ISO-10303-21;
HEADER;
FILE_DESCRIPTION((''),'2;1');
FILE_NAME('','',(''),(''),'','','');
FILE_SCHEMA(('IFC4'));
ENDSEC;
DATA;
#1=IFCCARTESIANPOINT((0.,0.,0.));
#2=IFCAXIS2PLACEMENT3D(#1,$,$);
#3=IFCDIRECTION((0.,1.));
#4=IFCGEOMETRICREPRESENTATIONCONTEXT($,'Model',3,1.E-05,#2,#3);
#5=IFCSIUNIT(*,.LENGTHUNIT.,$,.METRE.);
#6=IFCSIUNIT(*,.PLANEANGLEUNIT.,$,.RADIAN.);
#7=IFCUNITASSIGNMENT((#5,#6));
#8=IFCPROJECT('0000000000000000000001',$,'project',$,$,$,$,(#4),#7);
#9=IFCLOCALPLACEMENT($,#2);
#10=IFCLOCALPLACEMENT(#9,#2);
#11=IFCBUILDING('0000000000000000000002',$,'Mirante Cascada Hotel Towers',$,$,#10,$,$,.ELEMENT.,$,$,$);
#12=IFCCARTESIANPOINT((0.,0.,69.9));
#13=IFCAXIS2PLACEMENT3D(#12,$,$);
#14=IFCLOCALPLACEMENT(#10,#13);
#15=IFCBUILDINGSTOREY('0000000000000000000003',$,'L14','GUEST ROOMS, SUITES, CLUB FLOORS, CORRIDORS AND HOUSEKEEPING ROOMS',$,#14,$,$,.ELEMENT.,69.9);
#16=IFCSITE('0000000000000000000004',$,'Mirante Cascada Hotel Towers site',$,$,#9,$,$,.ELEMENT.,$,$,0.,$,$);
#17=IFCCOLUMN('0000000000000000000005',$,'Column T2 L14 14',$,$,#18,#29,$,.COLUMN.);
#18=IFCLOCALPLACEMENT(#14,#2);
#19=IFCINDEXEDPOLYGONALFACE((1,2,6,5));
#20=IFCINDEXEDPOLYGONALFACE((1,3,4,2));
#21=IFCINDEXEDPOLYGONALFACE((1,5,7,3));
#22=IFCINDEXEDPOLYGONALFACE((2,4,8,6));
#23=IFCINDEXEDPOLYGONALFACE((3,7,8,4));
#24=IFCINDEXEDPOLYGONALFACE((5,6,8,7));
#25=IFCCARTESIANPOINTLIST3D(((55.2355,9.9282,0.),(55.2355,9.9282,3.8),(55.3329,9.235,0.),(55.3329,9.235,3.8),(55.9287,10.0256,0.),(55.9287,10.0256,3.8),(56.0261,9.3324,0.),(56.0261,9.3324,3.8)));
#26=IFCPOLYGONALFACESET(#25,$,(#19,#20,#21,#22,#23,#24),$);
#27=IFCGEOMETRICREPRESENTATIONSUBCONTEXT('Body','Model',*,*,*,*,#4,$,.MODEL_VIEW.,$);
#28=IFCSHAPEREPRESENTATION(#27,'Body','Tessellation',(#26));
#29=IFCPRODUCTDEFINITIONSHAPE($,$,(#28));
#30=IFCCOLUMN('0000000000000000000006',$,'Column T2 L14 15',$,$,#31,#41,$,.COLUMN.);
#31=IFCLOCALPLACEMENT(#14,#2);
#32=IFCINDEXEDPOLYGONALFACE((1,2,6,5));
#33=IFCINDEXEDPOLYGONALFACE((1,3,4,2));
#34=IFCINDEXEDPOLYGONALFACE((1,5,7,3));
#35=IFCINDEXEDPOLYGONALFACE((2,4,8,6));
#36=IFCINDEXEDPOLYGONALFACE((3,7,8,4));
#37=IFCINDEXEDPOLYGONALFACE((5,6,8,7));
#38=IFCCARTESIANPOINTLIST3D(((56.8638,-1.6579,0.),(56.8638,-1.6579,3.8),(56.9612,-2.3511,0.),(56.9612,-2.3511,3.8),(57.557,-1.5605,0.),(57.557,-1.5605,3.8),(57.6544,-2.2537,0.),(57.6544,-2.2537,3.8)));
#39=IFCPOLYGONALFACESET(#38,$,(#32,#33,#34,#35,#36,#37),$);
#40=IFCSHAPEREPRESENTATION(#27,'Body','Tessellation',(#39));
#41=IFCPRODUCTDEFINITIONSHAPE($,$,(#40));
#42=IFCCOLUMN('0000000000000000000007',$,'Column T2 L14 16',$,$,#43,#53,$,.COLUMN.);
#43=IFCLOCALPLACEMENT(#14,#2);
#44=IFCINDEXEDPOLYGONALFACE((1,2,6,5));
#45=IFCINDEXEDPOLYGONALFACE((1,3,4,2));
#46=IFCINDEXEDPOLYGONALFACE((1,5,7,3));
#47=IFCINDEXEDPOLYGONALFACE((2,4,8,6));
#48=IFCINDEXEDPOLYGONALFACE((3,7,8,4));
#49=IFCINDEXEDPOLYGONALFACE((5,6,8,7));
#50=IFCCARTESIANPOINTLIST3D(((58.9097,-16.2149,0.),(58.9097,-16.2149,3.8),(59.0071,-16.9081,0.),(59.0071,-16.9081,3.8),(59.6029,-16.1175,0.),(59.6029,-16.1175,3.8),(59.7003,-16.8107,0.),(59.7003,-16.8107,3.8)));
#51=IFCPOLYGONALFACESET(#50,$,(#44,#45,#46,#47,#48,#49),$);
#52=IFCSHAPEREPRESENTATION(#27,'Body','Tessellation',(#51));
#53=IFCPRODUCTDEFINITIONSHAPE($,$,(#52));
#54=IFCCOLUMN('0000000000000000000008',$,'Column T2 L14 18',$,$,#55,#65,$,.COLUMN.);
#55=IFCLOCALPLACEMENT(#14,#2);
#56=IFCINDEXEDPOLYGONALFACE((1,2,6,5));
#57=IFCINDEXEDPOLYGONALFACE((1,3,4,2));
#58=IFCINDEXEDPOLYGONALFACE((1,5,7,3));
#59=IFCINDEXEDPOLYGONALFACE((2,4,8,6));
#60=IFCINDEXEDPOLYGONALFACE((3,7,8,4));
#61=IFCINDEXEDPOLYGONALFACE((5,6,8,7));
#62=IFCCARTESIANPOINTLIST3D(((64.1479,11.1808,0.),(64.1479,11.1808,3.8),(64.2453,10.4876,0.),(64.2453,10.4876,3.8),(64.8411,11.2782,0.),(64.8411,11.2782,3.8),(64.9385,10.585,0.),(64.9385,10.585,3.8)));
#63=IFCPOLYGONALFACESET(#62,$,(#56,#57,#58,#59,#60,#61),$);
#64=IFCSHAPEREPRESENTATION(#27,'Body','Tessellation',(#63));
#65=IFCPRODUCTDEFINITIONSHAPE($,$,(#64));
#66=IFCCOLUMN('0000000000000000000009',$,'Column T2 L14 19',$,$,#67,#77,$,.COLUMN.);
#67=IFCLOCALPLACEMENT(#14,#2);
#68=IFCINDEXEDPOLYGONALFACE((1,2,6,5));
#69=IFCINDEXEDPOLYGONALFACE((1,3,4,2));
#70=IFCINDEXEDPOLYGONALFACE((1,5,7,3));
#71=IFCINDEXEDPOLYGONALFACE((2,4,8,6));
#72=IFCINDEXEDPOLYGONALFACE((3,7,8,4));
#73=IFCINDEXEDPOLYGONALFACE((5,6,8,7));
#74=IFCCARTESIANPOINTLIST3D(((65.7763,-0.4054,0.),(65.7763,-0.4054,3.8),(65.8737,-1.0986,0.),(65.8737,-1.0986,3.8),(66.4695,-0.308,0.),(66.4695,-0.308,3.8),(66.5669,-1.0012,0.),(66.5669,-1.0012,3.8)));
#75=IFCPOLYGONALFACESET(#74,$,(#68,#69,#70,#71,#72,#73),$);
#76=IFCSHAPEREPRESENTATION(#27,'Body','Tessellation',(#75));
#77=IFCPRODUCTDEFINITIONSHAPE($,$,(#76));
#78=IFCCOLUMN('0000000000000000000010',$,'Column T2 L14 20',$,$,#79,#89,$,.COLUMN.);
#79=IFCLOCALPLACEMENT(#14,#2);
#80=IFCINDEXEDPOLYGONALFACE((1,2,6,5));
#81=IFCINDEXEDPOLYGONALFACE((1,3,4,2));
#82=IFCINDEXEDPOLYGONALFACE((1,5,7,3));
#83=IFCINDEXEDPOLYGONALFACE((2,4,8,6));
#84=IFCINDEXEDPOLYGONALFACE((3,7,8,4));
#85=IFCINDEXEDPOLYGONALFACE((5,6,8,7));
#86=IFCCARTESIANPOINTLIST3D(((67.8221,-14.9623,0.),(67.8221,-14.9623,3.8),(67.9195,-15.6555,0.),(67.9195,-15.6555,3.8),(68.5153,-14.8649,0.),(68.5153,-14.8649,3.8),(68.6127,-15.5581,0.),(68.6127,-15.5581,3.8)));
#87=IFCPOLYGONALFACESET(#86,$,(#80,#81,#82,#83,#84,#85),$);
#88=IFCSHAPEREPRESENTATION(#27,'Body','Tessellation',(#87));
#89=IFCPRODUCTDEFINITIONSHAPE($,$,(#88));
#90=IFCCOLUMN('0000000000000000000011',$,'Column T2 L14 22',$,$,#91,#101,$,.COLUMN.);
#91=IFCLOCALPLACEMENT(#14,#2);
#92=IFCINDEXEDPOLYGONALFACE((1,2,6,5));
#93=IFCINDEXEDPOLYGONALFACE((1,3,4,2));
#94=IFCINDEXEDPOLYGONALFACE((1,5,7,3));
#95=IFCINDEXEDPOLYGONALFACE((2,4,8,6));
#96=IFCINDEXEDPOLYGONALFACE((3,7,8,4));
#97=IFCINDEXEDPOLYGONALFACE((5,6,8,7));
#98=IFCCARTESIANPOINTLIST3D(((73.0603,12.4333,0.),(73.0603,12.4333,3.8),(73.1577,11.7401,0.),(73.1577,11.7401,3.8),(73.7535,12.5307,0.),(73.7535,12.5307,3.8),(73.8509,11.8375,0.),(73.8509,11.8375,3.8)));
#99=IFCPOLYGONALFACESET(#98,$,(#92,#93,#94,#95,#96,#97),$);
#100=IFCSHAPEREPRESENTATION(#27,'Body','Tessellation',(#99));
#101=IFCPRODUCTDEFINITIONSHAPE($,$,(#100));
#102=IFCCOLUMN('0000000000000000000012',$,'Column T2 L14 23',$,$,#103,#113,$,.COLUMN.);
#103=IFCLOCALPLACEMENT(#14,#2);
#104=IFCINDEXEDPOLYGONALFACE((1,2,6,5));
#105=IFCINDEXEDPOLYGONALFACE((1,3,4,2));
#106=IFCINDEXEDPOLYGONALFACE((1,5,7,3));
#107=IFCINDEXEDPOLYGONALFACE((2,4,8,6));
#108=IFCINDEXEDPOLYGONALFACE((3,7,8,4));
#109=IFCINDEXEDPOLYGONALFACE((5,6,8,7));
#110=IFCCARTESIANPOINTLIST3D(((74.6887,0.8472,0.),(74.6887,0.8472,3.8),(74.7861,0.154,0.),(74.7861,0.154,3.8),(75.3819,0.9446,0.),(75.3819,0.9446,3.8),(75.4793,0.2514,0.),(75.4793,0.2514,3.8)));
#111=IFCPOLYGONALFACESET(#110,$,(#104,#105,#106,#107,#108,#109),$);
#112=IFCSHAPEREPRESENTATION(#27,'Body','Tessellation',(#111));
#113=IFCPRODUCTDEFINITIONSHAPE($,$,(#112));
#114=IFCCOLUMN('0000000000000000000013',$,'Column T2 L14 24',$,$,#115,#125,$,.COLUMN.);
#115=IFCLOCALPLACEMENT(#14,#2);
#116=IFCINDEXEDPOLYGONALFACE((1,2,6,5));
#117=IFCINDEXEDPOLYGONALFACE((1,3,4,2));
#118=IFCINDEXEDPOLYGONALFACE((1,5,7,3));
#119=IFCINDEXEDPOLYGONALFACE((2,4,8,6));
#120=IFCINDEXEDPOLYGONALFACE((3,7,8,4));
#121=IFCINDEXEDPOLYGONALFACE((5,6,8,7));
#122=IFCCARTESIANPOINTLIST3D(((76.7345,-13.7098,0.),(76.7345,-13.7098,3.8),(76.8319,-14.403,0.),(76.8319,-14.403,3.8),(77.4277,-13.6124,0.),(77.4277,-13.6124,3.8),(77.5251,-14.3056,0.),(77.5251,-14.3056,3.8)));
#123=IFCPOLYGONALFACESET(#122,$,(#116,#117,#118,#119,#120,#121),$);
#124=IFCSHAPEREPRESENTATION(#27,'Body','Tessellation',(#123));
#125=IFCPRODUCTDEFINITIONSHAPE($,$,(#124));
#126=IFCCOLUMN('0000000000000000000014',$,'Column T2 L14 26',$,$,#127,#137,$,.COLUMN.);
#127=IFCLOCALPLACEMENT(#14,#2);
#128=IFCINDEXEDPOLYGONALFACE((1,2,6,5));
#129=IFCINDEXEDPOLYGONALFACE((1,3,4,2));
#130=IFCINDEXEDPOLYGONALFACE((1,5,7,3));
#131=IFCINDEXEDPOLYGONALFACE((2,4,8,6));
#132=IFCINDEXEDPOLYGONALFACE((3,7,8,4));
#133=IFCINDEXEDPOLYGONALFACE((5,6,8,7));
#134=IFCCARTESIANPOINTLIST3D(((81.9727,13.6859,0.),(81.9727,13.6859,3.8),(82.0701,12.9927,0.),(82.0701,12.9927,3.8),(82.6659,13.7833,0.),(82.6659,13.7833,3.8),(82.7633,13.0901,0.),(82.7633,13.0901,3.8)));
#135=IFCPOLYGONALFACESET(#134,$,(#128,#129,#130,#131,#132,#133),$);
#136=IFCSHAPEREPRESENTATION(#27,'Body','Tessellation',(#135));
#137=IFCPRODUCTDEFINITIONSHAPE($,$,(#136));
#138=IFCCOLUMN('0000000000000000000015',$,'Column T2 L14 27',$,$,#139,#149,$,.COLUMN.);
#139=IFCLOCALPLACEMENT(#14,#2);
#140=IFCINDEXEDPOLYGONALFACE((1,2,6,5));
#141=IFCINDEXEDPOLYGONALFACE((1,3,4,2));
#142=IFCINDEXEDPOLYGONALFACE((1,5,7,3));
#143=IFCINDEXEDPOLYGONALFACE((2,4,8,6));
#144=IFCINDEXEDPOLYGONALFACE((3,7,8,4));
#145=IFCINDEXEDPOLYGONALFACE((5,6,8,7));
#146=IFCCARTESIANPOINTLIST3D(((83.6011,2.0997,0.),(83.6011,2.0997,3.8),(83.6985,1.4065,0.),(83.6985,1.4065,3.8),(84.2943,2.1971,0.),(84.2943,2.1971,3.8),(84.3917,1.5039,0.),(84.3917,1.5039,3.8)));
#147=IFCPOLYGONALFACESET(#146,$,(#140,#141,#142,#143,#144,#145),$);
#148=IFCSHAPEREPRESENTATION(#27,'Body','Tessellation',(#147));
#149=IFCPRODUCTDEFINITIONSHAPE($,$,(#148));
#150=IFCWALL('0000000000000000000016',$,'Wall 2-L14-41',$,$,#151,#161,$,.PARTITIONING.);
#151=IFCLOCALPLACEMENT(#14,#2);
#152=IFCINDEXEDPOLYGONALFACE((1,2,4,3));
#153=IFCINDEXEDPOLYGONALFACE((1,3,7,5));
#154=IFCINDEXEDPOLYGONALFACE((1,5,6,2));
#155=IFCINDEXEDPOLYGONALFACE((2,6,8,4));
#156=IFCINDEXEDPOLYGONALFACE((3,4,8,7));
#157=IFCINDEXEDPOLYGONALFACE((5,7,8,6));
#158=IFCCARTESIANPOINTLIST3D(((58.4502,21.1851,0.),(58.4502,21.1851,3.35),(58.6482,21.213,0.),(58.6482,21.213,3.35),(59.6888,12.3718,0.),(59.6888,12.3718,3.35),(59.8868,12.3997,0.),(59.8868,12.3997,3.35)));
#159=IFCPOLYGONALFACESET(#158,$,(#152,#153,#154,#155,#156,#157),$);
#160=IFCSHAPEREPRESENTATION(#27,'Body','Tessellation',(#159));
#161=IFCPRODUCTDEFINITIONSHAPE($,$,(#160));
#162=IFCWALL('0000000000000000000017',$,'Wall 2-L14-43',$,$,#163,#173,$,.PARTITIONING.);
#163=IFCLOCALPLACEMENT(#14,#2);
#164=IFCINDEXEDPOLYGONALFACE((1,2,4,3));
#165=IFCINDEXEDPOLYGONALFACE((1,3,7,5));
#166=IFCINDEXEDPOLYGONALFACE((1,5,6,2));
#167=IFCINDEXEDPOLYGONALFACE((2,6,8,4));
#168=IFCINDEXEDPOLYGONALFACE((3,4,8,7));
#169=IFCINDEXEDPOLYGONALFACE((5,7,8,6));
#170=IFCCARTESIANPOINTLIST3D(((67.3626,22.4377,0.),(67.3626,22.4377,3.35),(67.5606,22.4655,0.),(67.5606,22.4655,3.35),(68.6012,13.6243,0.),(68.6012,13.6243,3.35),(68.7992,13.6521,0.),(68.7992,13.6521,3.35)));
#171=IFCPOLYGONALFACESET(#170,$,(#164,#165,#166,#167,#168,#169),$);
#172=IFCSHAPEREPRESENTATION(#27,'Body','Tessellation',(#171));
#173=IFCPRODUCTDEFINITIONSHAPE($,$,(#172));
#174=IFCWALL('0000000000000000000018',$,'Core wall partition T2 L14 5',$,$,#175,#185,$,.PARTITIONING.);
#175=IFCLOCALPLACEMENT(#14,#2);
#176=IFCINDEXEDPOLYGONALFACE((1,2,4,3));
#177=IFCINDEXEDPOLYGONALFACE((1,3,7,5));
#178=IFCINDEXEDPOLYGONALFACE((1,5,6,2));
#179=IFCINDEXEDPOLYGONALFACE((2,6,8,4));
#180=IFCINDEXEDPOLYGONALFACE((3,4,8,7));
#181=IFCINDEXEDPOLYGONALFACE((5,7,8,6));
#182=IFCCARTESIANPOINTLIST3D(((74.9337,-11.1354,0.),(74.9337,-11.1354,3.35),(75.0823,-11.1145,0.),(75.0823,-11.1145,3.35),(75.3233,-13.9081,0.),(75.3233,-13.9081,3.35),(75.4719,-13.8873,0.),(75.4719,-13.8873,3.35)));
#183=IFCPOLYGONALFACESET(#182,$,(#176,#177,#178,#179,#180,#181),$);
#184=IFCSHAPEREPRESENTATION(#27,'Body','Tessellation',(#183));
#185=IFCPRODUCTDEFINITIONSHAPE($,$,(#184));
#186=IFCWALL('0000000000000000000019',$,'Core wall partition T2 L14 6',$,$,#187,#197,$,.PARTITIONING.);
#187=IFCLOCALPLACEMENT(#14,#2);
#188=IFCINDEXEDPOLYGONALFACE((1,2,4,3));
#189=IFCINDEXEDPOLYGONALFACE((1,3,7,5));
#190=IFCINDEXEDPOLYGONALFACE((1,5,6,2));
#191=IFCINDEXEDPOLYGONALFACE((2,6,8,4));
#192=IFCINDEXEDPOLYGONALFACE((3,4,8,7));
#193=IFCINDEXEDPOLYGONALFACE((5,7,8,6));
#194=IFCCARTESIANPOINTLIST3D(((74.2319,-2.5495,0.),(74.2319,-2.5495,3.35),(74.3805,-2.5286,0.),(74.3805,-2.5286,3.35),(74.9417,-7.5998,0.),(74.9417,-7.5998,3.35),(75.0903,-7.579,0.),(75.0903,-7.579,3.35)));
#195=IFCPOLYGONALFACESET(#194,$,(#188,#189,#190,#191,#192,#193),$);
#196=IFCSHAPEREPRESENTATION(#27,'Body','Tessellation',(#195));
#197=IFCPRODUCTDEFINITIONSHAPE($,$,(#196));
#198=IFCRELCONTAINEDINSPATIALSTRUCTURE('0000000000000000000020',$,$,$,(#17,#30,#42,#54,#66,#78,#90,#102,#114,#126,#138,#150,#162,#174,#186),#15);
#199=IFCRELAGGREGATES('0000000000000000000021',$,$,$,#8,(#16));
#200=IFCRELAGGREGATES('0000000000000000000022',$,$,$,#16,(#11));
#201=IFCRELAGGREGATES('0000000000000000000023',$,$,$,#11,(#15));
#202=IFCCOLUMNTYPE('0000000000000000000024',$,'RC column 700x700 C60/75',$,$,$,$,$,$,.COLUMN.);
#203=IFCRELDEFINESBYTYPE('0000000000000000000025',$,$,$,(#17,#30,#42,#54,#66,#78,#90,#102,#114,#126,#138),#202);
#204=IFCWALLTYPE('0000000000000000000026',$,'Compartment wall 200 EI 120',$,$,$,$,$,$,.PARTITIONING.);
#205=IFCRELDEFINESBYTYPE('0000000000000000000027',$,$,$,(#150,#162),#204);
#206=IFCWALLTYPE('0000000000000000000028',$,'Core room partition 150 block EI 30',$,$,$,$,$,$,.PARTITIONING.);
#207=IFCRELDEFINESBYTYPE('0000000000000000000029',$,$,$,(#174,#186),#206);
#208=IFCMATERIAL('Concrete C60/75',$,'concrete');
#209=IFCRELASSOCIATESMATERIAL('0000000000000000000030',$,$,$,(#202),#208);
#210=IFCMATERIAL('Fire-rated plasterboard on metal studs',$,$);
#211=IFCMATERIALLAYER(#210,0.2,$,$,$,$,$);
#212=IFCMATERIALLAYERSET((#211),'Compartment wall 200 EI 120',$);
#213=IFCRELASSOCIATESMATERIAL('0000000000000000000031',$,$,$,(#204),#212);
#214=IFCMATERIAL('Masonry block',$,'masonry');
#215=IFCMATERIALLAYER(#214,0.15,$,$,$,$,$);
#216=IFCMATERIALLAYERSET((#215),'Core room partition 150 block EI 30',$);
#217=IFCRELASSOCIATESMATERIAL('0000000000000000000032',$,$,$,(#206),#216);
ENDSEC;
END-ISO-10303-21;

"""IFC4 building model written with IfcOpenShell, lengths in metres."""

from ifc_helpers import new_model, si_unit, direction, frame, frame_2d, origin, origin_2d, place, context, subcontext, project, spatial, rectangle, extrude, material, layer, layer_set, material_profile, profile_set, type_object, element, save


model = new_model("IFC4")

# Units and contexts
model_context = context("Model", 3, precision=1e-05, world=origin(), true_north=direction((0.0, 1.0)))
body_context = subcontext(model_context, "Body", "Model", "MODEL_VIEW")
ifc_project = project(units=[si_unit("LENGTHUNIT", "METRE"), si_unit("PLANEANGLEUNIT", "RADIAN")], contexts=[model_context])

# Site, building, storey
site_placement = place(None, origin())
site = spatial("IfcSite", under=ifc_project, at=site_placement, Name="Mirante Cascada Hotel Towers site", CompositionType="ELEMENT", RefElevation=0.0)
building_placement = place(site_placement, origin())
building = spatial("IfcBuilding", under=site, at=building_placement, Name="Mirante Cascada Hotel Towers", CompositionType="ELEMENT")
storey_placement = place(building_placement, frame((0.0, 0.0, 69.9)))
storey = spatial("IfcBuildingStorey", under=building, at=storey_placement, Name="L14", Description="GUEST ROOMS, SUITES, CLUB FLOORS, CORRIDORS AND HOUSEKEEPING ROOMS", CompositionType="ELEMENT", Elevation=69.9)

# Columns
ifc_material_1 = material(Name="Concrete C60/75", Category="concrete")
ifc_material_profile = material_profile(ifc_material_1, rectangle(XDim=0.7, YDim=0.7, at=origin_2d()), Name="RC column 700x700 C60/75")
ifc_profile_set = profile_set([ifc_material_profile], Name="Concrete C60/75")
column_type = type_object("IfcColumnType", Name="RC column 700x700 C60/75", PredefinedType="COLUMN", material=ifc_profile_set)
for number, where, z_axis, x_axis, name in (
    (1, (55.6308, 9.6303, 0.0), (0.0, 0.0, 1.0), (0.990268, 0.139173, 0.0), "Column T2 L14 14"),
    (2, (57.2591, -1.9558, 0.0), (0.0, 0.0, 1.0), (0.990268, 0.139173, 0.0), "Column T2 L14 15"),
    (3, (59.305, -16.5128, 0.0), (0.0, 0.0, 1.0), (0.990268, 0.139173, 0.0), "Column T2 L14 16"),
    (4, (64.5432, 10.8829, 0.0), (0.0, 0.0, 1.0), (0.990268, 0.139173, 0.0), "Column T2 L14 18"),
    (5, (66.1716, -0.7033, 0.0), (0.0, 0.0, 1.0), (0.990268, 0.139173, 0.0), "Column T2 L14 19"),
    (6, (68.2174, -15.2602, 0.0), (0.0, 0.0, 1.0), (0.990268, 0.139173, 0.0), "Column T2 L14 20"),
    (7, (73.4556, 12.1354, 0.0), (0.0, 0.0, 1.0), (0.990268, 0.139173, 0.0), "Column T2 L14 22"),
    (8, (75.084, 0.5493, 0.0), (0.0, 0.0, 1.0), (0.990268, 0.139173, 0.0), "Column T2 L14 23"),
    (9, (77.1298, -14.0077, 0.0), (0.0, 0.0, 1.0), (0.990268, 0.139173, 0.0), "Column T2 L14 24"),
    (10, (82.368, 13.388, 0.0), (0.0, 0.0, 1.0), (0.990268, 0.139173, 0.0), "Column T2 L14 26"),
    (11, (83.9964, 1.8018, 0.0), (0.0, 0.0, 1.0), (0.990268, 0.139173, 0.0), "Column T2 L14 27"),
):
    element("IfcColumn", number, at=place(storey_placement, frame(where, z_axis=z_axis, x_axis=x_axis)), inside=storey, type_object=column_type, Name=name, PredefinedType="COLUMN", context=body_context, shape_type="SweptSolid", body=[
        extrude(rectangle(XDim=0.7, YDim=0.7, at=origin_2d()), origin(), (0.0, 0.0, 1.0), 3.8),
    ])

# Walls
ifc_material_2 = material(Name="Fire-rated plasterboard on metal studs")
ifc_layer_1 = layer(ifc_material_2, 0.2)
ifc_layer_set_1 = layer_set([ifc_layer_1], Name="Compartment wall 200 EI 120")
wall_type_1 = type_object("IfcWallType", Name="Compartment wall 200 EI 120", PredefinedType="PARTITIONING", material=ifc_layer_set_1)
wall_1_placement = place(storey_placement, frame((59.7878, 12.3857, 0.0), z_axis=(0.0, 0.0, 1.0), x_axis=(-0.13917, 0.990268, 0.0)))
element("IfcWall", 12, at=wall_1_placement, inside=storey, type_object=wall_type_1, Name="Wall 2-L14-41", PredefinedType="PARTITIONING", context=body_context, shape_type="SweptSolid", body=[
    extrude(rectangle(XDim=8.8999, YDim=0.2, at=frame_2d((4.45, 0.0))), origin(), (0.0, 0.0, 1.0), 3.35),
])
wall_2_placement = place(storey_placement, frame((68.7002, 13.6382, 0.0), z_axis=(0.0, 0.0, 1.0), x_axis=(-0.139168, 0.990269, 0.0)))
element("IfcWall", 13, at=wall_2_placement, inside=storey, type_object=wall_type_1, Name="Wall 2-L14-43", PredefinedType="PARTITIONING", context=body_context, shape_type="SweptSolid", body=[
    extrude(rectangle(XDim=8.9, YDim=0.2, at=frame_2d((4.45, 0.0))), origin(), (0.0, 0.0, 1.0), 3.35),
])
ifc_material_3 = material(Name="Masonry block", Category="masonry")
ifc_layer_2 = layer(ifc_material_3, 0.15)
ifc_layer_set_2 = layer_set([ifc_layer_2], Name="Core room partition 150 block EI 30")
wall_type_2 = type_object("IfcWallType", Name="Core room partition 150 block EI 30", PredefinedType="PARTITIONING", material=ifc_layer_set_2)
wall_3_placement = place(storey_placement, frame((75.3976, -13.8977, 0.0), z_axis=(0.0, 0.0, 1.0), x_axis=(-0.139141, 0.990273, 0.0)))
element("IfcWall", 14, at=wall_3_placement, inside=storey, type_object=wall_type_2, Name="Core wall partition T2 L14 5", PredefinedType="PARTITIONING", context=body_context, shape_type="SweptSolid", body=[
    extrude(rectangle(XDim=2.8, YDim=0.15, at=frame_2d((1.4, 0.0))), origin(), (0.0, 0.0, 1.0), 3.35),
])
wall_4_placement = place(storey_placement, frame((75.016, -7.5894, 0.0), z_axis=(0.0, 0.0, 1.0), x_axis=(-0.139176, 0.990268, 0.0)))
element("IfcWall", 15, at=wall_4_placement, inside=storey, type_object=wall_type_2, Name="Core wall partition T2 L14 6", PredefinedType="PARTITIONING", context=body_context, shape_type="SweptSolid", body=[
    extrude(rectangle(XDim=5.1, YDim=0.15, at=frame_2d((2.55, 0.0))), origin(), (0.0, 0.0, 1.0), 3.35),
])

save(model, "model.ifc")
